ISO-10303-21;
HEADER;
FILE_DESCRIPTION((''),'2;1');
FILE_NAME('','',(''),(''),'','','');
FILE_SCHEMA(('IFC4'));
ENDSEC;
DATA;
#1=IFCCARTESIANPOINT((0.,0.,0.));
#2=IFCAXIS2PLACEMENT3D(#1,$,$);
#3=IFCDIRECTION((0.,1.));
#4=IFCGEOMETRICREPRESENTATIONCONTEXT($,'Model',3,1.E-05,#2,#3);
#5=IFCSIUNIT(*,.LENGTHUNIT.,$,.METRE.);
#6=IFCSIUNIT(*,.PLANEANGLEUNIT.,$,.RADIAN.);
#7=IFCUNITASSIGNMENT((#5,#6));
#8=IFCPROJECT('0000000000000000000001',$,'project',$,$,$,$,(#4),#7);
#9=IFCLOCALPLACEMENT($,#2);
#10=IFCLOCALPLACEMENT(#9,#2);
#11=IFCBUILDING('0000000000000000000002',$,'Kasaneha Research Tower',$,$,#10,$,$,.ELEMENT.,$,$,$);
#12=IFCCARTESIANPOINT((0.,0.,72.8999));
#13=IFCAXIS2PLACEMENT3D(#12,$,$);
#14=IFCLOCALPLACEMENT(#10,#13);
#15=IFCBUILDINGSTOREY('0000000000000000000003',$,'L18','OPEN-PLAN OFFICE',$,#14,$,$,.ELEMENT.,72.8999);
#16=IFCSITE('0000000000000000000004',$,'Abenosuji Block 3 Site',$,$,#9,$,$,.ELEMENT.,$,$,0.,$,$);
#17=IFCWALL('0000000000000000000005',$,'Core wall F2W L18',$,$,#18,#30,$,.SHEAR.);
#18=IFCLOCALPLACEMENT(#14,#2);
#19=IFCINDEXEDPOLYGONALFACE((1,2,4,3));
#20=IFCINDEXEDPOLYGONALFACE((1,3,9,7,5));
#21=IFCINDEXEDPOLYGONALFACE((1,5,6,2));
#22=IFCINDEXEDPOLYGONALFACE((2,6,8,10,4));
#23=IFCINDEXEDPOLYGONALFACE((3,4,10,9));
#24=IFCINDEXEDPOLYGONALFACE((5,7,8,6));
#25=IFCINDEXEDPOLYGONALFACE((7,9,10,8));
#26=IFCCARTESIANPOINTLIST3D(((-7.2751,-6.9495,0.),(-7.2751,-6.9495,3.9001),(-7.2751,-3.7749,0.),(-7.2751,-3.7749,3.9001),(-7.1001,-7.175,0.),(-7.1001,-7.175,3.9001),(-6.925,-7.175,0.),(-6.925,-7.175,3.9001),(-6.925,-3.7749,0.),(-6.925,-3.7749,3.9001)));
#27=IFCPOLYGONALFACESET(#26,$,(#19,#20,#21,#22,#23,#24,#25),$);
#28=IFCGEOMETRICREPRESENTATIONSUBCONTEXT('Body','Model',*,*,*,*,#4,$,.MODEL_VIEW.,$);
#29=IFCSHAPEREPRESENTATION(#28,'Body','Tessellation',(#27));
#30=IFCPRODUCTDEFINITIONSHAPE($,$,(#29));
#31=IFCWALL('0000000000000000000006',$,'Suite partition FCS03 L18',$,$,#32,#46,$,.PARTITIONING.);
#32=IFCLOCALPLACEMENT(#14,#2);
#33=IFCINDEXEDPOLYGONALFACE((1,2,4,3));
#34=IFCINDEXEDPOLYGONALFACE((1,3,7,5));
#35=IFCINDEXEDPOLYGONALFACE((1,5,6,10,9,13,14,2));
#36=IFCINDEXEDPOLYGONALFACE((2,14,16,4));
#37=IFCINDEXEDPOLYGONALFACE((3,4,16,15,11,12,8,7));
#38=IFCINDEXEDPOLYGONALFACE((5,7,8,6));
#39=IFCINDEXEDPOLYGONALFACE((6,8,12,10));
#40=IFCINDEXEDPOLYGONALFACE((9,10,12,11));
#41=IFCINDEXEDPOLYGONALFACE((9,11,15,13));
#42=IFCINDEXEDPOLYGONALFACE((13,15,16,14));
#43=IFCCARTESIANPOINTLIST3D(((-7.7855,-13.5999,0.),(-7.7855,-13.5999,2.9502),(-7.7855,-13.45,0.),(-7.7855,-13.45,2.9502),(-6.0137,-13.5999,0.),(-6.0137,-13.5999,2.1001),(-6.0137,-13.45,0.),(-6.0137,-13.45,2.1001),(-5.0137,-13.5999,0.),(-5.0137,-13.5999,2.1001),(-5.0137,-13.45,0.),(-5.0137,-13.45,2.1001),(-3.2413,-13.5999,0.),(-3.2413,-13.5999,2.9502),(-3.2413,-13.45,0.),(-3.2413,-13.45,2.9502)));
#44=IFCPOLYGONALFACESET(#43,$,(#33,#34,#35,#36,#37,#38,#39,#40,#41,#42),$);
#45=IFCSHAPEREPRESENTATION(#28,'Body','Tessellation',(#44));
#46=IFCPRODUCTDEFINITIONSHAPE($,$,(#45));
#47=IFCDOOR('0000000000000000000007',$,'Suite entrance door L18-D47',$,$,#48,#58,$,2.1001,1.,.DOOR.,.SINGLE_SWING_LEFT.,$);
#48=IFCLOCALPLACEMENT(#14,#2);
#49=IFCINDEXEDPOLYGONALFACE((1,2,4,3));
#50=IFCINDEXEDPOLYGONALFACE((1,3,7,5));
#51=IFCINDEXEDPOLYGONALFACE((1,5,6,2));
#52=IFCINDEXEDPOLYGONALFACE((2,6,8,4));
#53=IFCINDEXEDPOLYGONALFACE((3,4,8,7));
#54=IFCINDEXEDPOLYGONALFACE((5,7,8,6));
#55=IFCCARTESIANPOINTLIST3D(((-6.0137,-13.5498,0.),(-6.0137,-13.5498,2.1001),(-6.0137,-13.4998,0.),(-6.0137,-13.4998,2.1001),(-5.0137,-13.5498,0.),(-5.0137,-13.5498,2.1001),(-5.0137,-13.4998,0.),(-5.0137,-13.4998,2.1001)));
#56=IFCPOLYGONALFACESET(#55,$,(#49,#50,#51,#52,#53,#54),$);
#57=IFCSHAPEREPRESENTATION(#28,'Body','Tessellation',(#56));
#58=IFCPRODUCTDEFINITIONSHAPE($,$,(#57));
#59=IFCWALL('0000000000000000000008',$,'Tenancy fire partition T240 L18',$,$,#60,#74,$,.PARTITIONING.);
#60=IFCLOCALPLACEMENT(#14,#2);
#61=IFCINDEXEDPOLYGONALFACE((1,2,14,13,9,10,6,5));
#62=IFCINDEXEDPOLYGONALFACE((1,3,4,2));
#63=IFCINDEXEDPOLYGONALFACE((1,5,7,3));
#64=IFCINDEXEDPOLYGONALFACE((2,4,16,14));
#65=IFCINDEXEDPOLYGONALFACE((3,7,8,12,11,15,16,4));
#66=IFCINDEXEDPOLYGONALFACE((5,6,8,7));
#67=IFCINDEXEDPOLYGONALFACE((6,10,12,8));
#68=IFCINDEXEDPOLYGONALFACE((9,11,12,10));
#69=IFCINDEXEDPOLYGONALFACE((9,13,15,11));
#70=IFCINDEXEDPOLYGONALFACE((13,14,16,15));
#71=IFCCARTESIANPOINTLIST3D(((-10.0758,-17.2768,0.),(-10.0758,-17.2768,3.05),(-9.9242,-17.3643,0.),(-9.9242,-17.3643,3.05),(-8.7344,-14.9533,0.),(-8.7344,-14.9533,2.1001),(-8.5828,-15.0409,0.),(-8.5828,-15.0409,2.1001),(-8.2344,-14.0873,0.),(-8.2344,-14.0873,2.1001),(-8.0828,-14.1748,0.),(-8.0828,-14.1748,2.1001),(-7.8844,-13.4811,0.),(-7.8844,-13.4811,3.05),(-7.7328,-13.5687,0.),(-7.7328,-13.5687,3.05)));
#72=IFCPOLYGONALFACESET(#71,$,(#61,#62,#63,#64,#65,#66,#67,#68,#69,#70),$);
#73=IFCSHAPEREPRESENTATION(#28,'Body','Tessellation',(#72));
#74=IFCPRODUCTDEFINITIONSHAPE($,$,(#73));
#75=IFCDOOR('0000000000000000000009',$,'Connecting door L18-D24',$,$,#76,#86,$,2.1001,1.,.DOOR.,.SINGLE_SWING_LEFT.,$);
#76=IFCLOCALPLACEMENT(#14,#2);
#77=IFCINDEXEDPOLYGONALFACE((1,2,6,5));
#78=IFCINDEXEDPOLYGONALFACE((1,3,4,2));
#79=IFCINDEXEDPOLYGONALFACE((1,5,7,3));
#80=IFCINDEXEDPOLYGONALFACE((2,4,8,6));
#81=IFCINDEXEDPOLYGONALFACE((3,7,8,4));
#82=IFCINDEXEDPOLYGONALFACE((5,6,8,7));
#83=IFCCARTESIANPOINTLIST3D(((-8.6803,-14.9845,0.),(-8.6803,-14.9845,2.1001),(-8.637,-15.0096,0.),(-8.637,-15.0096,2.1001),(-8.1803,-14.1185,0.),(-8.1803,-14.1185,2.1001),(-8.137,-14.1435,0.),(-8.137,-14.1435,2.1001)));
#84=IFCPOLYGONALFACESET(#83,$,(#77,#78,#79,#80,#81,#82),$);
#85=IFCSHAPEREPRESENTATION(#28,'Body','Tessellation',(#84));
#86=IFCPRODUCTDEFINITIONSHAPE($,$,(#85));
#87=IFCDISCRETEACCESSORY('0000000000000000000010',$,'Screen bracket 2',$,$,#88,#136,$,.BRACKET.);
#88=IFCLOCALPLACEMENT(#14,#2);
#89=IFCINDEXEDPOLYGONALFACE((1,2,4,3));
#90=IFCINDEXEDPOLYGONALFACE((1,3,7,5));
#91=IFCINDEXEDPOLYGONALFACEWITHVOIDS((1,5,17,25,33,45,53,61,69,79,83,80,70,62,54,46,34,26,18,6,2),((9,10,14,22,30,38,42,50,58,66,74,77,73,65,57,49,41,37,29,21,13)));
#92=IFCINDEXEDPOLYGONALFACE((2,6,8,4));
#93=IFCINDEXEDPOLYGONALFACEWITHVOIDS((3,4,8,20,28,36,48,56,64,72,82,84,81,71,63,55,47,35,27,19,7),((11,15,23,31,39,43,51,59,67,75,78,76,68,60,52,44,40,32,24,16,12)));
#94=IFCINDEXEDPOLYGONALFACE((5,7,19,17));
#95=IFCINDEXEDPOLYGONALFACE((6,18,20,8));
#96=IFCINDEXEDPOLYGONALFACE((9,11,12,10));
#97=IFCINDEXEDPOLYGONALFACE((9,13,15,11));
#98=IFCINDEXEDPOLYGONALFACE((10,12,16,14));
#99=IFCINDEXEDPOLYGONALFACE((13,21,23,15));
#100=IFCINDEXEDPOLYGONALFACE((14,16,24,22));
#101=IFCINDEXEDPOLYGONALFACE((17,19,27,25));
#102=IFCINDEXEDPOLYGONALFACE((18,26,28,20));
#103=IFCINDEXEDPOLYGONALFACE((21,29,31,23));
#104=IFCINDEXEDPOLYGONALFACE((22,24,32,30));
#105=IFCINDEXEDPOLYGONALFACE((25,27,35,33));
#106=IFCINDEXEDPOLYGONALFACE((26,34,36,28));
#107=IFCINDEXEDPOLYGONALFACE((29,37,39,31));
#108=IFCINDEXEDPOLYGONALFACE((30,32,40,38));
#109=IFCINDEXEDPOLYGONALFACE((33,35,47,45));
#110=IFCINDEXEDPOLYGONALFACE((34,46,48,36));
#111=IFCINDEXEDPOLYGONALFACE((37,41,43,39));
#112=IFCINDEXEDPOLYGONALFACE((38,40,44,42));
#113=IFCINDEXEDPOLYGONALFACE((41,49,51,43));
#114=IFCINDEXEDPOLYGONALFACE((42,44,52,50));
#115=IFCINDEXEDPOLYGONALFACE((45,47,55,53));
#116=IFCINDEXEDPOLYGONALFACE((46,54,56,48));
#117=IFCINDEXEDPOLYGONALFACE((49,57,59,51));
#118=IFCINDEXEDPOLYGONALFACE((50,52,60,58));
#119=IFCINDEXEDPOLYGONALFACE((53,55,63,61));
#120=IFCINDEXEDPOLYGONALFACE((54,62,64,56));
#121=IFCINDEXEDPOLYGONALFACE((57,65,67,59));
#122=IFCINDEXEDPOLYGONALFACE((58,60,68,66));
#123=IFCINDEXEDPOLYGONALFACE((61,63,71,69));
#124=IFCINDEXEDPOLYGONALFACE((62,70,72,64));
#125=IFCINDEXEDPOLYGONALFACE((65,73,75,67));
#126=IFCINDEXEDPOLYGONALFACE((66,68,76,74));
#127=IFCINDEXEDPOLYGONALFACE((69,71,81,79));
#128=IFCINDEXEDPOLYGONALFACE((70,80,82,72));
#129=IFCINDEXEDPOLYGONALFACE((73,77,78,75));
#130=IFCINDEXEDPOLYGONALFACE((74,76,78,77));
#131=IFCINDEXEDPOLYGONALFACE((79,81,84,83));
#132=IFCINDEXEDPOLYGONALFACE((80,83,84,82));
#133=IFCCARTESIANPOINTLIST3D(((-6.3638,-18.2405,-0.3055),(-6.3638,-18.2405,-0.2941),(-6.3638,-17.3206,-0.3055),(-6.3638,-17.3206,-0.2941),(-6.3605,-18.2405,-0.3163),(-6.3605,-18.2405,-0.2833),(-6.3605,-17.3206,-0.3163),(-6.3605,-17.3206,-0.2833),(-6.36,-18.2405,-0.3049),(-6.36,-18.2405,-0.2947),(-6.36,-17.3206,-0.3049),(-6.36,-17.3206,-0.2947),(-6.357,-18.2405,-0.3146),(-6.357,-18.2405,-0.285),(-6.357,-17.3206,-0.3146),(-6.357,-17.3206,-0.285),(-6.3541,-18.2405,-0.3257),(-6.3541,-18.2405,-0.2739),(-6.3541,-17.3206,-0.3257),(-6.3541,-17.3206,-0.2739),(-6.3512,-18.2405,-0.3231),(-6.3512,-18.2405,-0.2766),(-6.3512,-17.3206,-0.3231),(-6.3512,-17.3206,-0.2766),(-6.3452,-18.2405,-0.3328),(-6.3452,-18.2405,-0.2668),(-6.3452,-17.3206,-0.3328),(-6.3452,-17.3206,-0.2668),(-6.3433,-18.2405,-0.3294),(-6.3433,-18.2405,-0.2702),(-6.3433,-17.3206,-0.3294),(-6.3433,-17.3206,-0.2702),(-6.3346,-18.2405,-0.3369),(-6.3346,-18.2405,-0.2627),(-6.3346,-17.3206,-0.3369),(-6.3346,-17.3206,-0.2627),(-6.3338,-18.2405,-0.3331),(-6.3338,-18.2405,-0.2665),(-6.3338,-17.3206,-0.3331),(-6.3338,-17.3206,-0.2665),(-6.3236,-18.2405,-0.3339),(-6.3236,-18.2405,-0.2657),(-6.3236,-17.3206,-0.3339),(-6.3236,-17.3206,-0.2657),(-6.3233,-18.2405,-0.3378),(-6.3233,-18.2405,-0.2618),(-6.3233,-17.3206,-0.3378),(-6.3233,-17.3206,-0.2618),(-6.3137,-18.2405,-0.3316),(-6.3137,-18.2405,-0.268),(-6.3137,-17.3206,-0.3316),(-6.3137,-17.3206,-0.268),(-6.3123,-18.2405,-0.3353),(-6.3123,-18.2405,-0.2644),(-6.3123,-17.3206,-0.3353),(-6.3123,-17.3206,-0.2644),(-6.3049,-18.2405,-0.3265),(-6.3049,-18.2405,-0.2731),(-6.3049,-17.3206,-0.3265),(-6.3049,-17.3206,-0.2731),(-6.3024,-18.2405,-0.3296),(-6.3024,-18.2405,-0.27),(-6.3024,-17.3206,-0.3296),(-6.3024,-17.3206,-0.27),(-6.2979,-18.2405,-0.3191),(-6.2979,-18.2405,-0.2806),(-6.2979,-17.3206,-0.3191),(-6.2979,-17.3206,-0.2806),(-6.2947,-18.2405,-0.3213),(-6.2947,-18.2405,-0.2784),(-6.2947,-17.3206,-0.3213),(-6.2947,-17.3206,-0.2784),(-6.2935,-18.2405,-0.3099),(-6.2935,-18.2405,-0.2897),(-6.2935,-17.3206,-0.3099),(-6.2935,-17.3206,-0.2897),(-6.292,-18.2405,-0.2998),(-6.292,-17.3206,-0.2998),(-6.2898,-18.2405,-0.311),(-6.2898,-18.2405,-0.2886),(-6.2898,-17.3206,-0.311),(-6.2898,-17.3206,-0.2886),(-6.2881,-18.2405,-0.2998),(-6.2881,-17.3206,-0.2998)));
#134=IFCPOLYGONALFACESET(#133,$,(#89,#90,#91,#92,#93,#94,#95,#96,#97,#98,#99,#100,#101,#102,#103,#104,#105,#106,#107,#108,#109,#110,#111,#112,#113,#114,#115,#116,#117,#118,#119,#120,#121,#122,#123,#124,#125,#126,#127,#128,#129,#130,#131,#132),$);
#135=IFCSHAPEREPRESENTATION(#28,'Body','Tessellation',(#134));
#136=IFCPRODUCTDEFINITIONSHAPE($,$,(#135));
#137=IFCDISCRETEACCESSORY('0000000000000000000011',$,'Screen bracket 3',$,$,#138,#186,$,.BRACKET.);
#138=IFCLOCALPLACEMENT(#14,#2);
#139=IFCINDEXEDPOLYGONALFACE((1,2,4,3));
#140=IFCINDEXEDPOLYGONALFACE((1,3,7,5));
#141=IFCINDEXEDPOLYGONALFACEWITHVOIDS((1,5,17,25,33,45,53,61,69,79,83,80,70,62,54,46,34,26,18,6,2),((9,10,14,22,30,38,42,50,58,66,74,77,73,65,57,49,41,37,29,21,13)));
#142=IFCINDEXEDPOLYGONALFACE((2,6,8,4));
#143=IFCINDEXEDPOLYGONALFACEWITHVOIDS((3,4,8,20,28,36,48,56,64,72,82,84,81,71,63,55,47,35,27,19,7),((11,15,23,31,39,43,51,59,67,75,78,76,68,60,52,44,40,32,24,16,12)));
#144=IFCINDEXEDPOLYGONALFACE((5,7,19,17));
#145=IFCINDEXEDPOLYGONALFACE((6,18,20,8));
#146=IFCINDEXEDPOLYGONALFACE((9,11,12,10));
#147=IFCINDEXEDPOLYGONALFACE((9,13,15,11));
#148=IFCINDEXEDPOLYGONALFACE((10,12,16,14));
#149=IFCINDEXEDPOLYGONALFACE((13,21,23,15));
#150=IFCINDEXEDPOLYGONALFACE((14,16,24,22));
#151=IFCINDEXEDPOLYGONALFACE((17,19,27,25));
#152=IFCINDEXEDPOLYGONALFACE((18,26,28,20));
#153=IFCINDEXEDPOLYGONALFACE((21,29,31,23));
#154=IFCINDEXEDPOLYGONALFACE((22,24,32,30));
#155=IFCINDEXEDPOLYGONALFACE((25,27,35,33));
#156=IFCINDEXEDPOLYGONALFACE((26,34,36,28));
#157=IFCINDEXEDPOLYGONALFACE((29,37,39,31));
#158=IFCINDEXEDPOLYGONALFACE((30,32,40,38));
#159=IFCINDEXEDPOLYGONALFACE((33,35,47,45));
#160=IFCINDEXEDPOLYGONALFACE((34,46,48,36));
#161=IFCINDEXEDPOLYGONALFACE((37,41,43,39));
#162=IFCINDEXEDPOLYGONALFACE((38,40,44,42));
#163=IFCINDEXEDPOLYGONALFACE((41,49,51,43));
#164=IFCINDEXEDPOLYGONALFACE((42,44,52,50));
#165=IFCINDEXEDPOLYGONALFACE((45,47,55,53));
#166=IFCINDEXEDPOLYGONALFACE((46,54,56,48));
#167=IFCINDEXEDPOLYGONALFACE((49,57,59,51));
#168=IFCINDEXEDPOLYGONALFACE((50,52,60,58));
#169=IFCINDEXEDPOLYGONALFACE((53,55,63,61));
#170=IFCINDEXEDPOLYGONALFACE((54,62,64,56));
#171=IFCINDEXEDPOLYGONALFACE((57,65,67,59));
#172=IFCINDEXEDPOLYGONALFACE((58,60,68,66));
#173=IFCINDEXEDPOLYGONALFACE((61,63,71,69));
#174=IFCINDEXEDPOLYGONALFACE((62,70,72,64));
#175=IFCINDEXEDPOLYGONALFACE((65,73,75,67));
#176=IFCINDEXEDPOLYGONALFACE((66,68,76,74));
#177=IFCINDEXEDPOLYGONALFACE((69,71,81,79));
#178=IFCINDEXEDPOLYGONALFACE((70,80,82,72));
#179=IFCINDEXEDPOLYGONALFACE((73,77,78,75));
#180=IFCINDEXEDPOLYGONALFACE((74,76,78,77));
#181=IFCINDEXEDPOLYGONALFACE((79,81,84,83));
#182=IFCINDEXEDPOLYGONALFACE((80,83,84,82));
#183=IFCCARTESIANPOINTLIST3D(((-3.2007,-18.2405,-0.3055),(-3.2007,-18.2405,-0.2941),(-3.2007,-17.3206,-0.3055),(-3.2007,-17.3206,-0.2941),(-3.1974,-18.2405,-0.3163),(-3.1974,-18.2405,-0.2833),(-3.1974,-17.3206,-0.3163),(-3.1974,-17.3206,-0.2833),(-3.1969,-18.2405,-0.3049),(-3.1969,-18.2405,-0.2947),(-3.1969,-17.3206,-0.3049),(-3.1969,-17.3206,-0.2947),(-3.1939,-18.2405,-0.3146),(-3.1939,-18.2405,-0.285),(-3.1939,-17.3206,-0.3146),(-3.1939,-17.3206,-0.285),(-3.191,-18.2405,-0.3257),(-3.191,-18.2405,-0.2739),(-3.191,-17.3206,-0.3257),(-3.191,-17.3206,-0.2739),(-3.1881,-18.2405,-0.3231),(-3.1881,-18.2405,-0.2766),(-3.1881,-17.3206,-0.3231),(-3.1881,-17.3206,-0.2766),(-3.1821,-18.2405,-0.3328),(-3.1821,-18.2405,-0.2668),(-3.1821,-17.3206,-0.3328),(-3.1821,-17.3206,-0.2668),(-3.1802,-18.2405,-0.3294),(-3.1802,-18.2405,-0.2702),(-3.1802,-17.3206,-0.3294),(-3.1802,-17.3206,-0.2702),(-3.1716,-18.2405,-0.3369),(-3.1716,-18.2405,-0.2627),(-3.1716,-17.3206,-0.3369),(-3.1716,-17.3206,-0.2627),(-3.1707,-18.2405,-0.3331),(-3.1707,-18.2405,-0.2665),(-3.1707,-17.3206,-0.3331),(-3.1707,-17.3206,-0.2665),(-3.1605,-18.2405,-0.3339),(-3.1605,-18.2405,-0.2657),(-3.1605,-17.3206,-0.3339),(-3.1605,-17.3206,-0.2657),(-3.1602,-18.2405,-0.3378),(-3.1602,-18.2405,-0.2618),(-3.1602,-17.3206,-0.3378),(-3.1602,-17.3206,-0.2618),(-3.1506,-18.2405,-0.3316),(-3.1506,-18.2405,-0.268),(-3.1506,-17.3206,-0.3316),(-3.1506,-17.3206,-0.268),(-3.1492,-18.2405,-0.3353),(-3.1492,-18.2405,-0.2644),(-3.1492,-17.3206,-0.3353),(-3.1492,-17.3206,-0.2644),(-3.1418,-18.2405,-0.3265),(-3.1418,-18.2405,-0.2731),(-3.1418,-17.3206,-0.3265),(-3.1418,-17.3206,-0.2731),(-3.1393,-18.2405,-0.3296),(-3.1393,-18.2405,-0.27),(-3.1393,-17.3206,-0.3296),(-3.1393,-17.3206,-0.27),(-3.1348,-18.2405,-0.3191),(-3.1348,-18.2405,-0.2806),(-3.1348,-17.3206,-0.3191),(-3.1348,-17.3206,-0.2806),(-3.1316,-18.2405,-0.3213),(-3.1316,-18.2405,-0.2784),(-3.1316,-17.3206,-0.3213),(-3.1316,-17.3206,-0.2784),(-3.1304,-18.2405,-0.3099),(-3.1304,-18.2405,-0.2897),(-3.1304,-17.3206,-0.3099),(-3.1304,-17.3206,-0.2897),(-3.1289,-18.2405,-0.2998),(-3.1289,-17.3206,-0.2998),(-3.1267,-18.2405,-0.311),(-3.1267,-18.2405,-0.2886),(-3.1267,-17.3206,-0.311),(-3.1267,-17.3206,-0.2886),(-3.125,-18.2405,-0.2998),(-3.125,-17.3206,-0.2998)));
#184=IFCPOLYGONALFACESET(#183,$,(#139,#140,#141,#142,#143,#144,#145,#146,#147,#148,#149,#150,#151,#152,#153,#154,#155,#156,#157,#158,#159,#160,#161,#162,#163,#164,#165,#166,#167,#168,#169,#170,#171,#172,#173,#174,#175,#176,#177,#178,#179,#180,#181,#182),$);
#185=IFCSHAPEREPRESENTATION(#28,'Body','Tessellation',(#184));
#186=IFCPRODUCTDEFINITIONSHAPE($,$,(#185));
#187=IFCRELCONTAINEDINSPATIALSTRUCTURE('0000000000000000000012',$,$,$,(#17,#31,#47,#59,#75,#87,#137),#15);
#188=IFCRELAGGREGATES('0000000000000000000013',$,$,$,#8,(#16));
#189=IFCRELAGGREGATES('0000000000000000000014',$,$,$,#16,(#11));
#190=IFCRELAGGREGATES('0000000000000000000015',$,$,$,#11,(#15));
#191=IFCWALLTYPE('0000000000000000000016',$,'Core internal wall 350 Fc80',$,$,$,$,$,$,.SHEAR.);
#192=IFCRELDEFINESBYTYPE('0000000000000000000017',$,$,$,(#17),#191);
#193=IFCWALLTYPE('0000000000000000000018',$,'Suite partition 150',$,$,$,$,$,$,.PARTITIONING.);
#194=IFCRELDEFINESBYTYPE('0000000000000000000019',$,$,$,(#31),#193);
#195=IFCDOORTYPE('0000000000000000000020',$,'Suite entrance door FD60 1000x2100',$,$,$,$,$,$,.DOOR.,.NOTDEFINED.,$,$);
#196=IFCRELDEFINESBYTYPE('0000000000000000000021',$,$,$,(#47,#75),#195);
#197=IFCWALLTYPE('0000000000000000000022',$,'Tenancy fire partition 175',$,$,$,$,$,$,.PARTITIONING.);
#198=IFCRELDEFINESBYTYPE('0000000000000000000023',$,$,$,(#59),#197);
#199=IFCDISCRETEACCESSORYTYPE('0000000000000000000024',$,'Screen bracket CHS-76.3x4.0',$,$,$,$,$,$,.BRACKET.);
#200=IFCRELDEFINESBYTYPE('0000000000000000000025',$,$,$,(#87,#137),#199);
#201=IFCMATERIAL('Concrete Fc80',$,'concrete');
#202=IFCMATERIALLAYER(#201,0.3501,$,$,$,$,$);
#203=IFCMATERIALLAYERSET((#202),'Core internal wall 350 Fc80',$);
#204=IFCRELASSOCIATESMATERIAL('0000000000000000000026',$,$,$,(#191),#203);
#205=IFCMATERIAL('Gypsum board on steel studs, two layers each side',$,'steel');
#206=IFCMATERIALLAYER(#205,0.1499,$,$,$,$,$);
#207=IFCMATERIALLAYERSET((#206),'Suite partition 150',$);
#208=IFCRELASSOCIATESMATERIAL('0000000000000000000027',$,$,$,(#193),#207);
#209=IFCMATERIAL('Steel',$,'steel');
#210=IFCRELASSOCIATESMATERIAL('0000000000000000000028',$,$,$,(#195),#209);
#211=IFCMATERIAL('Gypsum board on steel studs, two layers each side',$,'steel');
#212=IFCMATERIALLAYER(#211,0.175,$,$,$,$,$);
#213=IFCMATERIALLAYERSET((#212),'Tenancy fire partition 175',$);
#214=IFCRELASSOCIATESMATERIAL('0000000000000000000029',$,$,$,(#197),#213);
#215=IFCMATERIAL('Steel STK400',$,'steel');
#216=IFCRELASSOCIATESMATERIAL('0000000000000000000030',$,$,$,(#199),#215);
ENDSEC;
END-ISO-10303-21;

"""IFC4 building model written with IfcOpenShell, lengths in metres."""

from ifc_helpers import new_model, si_unit, direction, frame, frame_2d, origin, origin_2d, place, context, subcontext, project, spatial, polyline, rectangle, hollow_circle, outline, extrude, material, layer, layer_set, material_profile, profile_set, type_object, element, fill, save


model = new_model("IFC4")

# Units and contexts
model_context = context("Model", 3, precision=1e-05, world=origin(), true_north=direction((0.0, 1.0)))
body_context = subcontext(model_context, "Body", "Model", "MODEL_VIEW")
ifc_project = project(units=[si_unit("LENGTHUNIT", "METRE"), si_unit("PLANEANGLEUNIT", "RADIAN")], contexts=[model_context])

# Site, building, storey
site_placement = place(None, origin())
site = spatial("IfcSite", under=ifc_project, at=site_placement, Name="Abenosuji Block 3 Site", CompositionType="ELEMENT", RefElevation=0.0)
building_placement = place(site_placement, origin())
building = spatial("IfcBuilding", under=site, at=building_placement, Name="Kasaneha Research Tower", CompositionType="ELEMENT")
storey_placement = place(building_placement, frame((0.0, 0.0, 72.8999)))
storey = spatial("IfcBuildingStorey", under=building, at=storey_placement, Name="L18", Description="OPEN-PLAN OFFICE", CompositionType="ELEMENT", Elevation=72.8999)

# Shared definitions
ifc_material_1 = material(Name="Concrete Fc80", Category="concrete")
ifc_layer_1 = layer(ifc_material_1, 0.3501)
ifc_layer_set_1 = layer_set([ifc_layer_1], Name="Core internal wall 350 Fc80")
wall_type_1 = type_object("IfcWallType", Name="Core internal wall 350 Fc80", PredefinedType="SHEAR", material=ifc_layer_set_1)

# Wall
wall_1_placement = place(storey_placement, frame((-7.1001, -3.7749, 0.0), z_axis=(0.0, 0.0, 1.0), x_axis=(0.0, -1.0, 0.0)))
element("IfcWall", 1, at=wall_1_placement, inside=storey, type_object=wall_type_1, Name="Core wall F2W L18", PredefinedType="SHEAR", context=body_context, shape_type="SweptSolid", body=[
    extrude(outline(polyline([(0.0, -0.175), (3.1746, -0.175), (3.4001, 0.0), (3.4001, 0.175), (0.0, 0.175), (0.0, -0.175)])), origin(), (0.0, 0.0, 1.0), 3.9001),
])

# Walls, openings, doors
ifc_material_2 = material(Name="Gypsum board on steel studs, two layers each side", Category="steel")
ifc_layer_2 = layer(ifc_material_2, 0.1499)
ifc_layer_set_2 = layer_set([ifc_layer_2], Name="Suite partition 150")
wall_type_2 = type_object("IfcWallType", Name="Suite partition 150", PredefinedType="PARTITIONING", material=ifc_layer_set_2)
wall_2_placement = place(storey_placement, frame((-3.2415, -13.5249, 0.0), z_axis=(0.0, 0.0, 1.0), x_axis=(-1.0, 0.0, 0.0)))
wall_2 = element("IfcWall", 2, at=wall_2_placement, inside=storey, type_object=wall_type_2, Name="Suite partition FCS03 L18", PredefinedType="PARTITIONING", context=body_context, shape_type="SweptSolid", body=[
    extrude(rectangle(XDim=4.5442, YDim=0.1499, at=frame_2d((2.272, 0.0))), origin(), (0.0, 0.0, 1.0), 2.9502),
])
opening_1_placement = place(wall_2_placement, frame((1.7722, 0.0, 0.0)))
opening_1 = element("IfcOpeningElement", 3, at=opening_1_placement, cuts=wall_2, PredefinedType="OPENING", context=body_context, shape_type="SweptSolid", body=[
    extrude(rectangle(XDim=1.0, YDim=2.1001, at=frame_2d((0.5, 1.05))), frame((0.0, 0.085, 0.0), z_axis=(0.0, -1.0, 0.0), x_axis=(1.0, 0.0, 0.0)), (0.0, 0.0, 1.0), 0.1699),
])
ifc_material_3 = material(Name="Steel", Category="steel")
door_type_1 = type_object("IfcDoorType", Name="Suite entrance door FD60 1000x2100", OperationType="NOTDEFINED", PredefinedType="DOOR", material=ifc_material_3)
door_1_placement = place(opening_1_placement, origin())
door_1 = element("IfcDoor", 4, at=door_1_placement, inside=storey, type_object=door_type_1, Name="Suite entrance door L18-D47", OperationType="SINGLE_SWING_LEFT", OverallHeight=2.1001, OverallWidth=1.0, PredefinedType="DOOR", context=body_context, shape_type="SweptSolid", body=[
    extrude(rectangle(XDim=1.0, YDim=2.1001, at=frame_2d((0.5, 1.05))), frame((0.0, 0.0249, 0.0), z_axis=(0.0, -1.0, 0.0), x_axis=(1.0, 0.0, 0.0)), (0.0, 0.0, 1.0), 0.05),
])
fill(opening_1, door_1)
ifc_material_4 = material(Name="Gypsum board on steel studs, two layers each side", Category="steel")
ifc_layer_3 = layer(ifc_material_4, 0.175)
ifc_layer_set_3 = layer_set([ifc_layer_3], Name="Tenancy fire partition 175")
wall_type_3 = type_object("IfcWallType", Name="Tenancy fire partition 175", PredefinedType="PARTITIONING", material=ifc_layer_set_3)
wall_3_placement = place(storey_placement, frame((-7.8086, -13.5249, 0.0), z_axis=(0.0, 0.0, 1.0), x_axis=(-0.499997, -0.866027, 0.0)))
wall_3 = element("IfcWall", 5, at=wall_3_placement, inside=storey, type_object=wall_type_3, Name="Tenancy fire partition T240 L18", PredefinedType="PARTITIONING", context=body_context, shape_type="SweptSolid", body=[
    extrude(rectangle(XDim=4.3828, YDim=0.175, at=frame_2d((2.1914, 0.0))), origin(), (0.0, 0.0, 1.0), 3.05),
])
opening_2_placement = place(wall_3_placement, frame((0.7, 0.0, 0.0)))
opening_2 = element("IfcOpeningElement", 6, at=opening_2_placement, cuts=wall_3, PredefinedType="OPENING", context=body_context, shape_type="SweptSolid", body=[
    extrude(rectangle(XDim=1.0, YDim=2.1001, at=frame_2d((0.5, 1.05))), frame((0.0, 0.0977, 0.0), z_axis=(0.0, -1.0, 0.0), x_axis=(1.0, 0.0, 0.0)), (0.0, 0.0, 1.0), 0.1951),
])
door_2_placement = place(opening_2_placement, origin())
door_2 = element("IfcDoor", 7, at=door_2_placement, inside=storey, type_object=door_type_1, Name="Connecting door L18-D24", OperationType="SINGLE_SWING_LEFT", OverallHeight=2.1001, OverallWidth=1.0, PredefinedType="DOOR", context=body_context, shape_type="SweptSolid", body=[
    extrude(rectangle(XDim=1.0, YDim=2.1001, at=frame_2d((0.5, 1.05))), frame((0.0, 0.0249, 0.0), z_axis=(0.0, -1.0, 0.0), x_axis=(1.0, 0.0, 0.0)), (0.0, 0.0, 1.0), 0.05),
])
fill(opening_2, door_2)

# Discrete accessories
ifc_material_5 = material(Name="Steel STK400", Category="steel")
ifc_material_profile_1 = material_profile(ifc_material_5, hollow_circle(Radius=0.0381, WallThickness=0.0039, at=origin_2d()), Name="CHS-76.3x4.0")
ifc_profile_set_1 = profile_set([ifc_material_profile_1], Name="Steel STK400")
discrete_accessory_type = type_object("IfcDiscreteAccessoryType", Name="Screen bracket CHS-76.3x4.0", PredefinedType="BRACKET", material=ifc_profile_set_1)
for number, where, z_axis, x_axis, name in (
    (8, (-6.3262, -17.3206, -0.2998), (0.0, -1.0, 0.0), (1.0, 0.0, 0.0), "Screen bracket 2"),
    (9, (-3.1631, -17.3206, -0.2998), (0.0, -1.0, 0.0), (1.0, 0.0, 0.0), "Screen bracket 3"),
):
    element("IfcDiscreteAccessory", number, at=place(storey_placement, frame(where, z_axis=z_axis, x_axis=x_axis)), inside=storey, type_object=discrete_accessory_type, Name=name, PredefinedType="BRACKET", context=body_context, shape_type="SweptSolid", body=[
        extrude(hollow_circle(Radius=0.0381, WallThickness=0.0039, at=origin_2d()), origin(), (0.0, 0.0, 1.0), 0.9199),
    ])

save(model, "model.ifc")
